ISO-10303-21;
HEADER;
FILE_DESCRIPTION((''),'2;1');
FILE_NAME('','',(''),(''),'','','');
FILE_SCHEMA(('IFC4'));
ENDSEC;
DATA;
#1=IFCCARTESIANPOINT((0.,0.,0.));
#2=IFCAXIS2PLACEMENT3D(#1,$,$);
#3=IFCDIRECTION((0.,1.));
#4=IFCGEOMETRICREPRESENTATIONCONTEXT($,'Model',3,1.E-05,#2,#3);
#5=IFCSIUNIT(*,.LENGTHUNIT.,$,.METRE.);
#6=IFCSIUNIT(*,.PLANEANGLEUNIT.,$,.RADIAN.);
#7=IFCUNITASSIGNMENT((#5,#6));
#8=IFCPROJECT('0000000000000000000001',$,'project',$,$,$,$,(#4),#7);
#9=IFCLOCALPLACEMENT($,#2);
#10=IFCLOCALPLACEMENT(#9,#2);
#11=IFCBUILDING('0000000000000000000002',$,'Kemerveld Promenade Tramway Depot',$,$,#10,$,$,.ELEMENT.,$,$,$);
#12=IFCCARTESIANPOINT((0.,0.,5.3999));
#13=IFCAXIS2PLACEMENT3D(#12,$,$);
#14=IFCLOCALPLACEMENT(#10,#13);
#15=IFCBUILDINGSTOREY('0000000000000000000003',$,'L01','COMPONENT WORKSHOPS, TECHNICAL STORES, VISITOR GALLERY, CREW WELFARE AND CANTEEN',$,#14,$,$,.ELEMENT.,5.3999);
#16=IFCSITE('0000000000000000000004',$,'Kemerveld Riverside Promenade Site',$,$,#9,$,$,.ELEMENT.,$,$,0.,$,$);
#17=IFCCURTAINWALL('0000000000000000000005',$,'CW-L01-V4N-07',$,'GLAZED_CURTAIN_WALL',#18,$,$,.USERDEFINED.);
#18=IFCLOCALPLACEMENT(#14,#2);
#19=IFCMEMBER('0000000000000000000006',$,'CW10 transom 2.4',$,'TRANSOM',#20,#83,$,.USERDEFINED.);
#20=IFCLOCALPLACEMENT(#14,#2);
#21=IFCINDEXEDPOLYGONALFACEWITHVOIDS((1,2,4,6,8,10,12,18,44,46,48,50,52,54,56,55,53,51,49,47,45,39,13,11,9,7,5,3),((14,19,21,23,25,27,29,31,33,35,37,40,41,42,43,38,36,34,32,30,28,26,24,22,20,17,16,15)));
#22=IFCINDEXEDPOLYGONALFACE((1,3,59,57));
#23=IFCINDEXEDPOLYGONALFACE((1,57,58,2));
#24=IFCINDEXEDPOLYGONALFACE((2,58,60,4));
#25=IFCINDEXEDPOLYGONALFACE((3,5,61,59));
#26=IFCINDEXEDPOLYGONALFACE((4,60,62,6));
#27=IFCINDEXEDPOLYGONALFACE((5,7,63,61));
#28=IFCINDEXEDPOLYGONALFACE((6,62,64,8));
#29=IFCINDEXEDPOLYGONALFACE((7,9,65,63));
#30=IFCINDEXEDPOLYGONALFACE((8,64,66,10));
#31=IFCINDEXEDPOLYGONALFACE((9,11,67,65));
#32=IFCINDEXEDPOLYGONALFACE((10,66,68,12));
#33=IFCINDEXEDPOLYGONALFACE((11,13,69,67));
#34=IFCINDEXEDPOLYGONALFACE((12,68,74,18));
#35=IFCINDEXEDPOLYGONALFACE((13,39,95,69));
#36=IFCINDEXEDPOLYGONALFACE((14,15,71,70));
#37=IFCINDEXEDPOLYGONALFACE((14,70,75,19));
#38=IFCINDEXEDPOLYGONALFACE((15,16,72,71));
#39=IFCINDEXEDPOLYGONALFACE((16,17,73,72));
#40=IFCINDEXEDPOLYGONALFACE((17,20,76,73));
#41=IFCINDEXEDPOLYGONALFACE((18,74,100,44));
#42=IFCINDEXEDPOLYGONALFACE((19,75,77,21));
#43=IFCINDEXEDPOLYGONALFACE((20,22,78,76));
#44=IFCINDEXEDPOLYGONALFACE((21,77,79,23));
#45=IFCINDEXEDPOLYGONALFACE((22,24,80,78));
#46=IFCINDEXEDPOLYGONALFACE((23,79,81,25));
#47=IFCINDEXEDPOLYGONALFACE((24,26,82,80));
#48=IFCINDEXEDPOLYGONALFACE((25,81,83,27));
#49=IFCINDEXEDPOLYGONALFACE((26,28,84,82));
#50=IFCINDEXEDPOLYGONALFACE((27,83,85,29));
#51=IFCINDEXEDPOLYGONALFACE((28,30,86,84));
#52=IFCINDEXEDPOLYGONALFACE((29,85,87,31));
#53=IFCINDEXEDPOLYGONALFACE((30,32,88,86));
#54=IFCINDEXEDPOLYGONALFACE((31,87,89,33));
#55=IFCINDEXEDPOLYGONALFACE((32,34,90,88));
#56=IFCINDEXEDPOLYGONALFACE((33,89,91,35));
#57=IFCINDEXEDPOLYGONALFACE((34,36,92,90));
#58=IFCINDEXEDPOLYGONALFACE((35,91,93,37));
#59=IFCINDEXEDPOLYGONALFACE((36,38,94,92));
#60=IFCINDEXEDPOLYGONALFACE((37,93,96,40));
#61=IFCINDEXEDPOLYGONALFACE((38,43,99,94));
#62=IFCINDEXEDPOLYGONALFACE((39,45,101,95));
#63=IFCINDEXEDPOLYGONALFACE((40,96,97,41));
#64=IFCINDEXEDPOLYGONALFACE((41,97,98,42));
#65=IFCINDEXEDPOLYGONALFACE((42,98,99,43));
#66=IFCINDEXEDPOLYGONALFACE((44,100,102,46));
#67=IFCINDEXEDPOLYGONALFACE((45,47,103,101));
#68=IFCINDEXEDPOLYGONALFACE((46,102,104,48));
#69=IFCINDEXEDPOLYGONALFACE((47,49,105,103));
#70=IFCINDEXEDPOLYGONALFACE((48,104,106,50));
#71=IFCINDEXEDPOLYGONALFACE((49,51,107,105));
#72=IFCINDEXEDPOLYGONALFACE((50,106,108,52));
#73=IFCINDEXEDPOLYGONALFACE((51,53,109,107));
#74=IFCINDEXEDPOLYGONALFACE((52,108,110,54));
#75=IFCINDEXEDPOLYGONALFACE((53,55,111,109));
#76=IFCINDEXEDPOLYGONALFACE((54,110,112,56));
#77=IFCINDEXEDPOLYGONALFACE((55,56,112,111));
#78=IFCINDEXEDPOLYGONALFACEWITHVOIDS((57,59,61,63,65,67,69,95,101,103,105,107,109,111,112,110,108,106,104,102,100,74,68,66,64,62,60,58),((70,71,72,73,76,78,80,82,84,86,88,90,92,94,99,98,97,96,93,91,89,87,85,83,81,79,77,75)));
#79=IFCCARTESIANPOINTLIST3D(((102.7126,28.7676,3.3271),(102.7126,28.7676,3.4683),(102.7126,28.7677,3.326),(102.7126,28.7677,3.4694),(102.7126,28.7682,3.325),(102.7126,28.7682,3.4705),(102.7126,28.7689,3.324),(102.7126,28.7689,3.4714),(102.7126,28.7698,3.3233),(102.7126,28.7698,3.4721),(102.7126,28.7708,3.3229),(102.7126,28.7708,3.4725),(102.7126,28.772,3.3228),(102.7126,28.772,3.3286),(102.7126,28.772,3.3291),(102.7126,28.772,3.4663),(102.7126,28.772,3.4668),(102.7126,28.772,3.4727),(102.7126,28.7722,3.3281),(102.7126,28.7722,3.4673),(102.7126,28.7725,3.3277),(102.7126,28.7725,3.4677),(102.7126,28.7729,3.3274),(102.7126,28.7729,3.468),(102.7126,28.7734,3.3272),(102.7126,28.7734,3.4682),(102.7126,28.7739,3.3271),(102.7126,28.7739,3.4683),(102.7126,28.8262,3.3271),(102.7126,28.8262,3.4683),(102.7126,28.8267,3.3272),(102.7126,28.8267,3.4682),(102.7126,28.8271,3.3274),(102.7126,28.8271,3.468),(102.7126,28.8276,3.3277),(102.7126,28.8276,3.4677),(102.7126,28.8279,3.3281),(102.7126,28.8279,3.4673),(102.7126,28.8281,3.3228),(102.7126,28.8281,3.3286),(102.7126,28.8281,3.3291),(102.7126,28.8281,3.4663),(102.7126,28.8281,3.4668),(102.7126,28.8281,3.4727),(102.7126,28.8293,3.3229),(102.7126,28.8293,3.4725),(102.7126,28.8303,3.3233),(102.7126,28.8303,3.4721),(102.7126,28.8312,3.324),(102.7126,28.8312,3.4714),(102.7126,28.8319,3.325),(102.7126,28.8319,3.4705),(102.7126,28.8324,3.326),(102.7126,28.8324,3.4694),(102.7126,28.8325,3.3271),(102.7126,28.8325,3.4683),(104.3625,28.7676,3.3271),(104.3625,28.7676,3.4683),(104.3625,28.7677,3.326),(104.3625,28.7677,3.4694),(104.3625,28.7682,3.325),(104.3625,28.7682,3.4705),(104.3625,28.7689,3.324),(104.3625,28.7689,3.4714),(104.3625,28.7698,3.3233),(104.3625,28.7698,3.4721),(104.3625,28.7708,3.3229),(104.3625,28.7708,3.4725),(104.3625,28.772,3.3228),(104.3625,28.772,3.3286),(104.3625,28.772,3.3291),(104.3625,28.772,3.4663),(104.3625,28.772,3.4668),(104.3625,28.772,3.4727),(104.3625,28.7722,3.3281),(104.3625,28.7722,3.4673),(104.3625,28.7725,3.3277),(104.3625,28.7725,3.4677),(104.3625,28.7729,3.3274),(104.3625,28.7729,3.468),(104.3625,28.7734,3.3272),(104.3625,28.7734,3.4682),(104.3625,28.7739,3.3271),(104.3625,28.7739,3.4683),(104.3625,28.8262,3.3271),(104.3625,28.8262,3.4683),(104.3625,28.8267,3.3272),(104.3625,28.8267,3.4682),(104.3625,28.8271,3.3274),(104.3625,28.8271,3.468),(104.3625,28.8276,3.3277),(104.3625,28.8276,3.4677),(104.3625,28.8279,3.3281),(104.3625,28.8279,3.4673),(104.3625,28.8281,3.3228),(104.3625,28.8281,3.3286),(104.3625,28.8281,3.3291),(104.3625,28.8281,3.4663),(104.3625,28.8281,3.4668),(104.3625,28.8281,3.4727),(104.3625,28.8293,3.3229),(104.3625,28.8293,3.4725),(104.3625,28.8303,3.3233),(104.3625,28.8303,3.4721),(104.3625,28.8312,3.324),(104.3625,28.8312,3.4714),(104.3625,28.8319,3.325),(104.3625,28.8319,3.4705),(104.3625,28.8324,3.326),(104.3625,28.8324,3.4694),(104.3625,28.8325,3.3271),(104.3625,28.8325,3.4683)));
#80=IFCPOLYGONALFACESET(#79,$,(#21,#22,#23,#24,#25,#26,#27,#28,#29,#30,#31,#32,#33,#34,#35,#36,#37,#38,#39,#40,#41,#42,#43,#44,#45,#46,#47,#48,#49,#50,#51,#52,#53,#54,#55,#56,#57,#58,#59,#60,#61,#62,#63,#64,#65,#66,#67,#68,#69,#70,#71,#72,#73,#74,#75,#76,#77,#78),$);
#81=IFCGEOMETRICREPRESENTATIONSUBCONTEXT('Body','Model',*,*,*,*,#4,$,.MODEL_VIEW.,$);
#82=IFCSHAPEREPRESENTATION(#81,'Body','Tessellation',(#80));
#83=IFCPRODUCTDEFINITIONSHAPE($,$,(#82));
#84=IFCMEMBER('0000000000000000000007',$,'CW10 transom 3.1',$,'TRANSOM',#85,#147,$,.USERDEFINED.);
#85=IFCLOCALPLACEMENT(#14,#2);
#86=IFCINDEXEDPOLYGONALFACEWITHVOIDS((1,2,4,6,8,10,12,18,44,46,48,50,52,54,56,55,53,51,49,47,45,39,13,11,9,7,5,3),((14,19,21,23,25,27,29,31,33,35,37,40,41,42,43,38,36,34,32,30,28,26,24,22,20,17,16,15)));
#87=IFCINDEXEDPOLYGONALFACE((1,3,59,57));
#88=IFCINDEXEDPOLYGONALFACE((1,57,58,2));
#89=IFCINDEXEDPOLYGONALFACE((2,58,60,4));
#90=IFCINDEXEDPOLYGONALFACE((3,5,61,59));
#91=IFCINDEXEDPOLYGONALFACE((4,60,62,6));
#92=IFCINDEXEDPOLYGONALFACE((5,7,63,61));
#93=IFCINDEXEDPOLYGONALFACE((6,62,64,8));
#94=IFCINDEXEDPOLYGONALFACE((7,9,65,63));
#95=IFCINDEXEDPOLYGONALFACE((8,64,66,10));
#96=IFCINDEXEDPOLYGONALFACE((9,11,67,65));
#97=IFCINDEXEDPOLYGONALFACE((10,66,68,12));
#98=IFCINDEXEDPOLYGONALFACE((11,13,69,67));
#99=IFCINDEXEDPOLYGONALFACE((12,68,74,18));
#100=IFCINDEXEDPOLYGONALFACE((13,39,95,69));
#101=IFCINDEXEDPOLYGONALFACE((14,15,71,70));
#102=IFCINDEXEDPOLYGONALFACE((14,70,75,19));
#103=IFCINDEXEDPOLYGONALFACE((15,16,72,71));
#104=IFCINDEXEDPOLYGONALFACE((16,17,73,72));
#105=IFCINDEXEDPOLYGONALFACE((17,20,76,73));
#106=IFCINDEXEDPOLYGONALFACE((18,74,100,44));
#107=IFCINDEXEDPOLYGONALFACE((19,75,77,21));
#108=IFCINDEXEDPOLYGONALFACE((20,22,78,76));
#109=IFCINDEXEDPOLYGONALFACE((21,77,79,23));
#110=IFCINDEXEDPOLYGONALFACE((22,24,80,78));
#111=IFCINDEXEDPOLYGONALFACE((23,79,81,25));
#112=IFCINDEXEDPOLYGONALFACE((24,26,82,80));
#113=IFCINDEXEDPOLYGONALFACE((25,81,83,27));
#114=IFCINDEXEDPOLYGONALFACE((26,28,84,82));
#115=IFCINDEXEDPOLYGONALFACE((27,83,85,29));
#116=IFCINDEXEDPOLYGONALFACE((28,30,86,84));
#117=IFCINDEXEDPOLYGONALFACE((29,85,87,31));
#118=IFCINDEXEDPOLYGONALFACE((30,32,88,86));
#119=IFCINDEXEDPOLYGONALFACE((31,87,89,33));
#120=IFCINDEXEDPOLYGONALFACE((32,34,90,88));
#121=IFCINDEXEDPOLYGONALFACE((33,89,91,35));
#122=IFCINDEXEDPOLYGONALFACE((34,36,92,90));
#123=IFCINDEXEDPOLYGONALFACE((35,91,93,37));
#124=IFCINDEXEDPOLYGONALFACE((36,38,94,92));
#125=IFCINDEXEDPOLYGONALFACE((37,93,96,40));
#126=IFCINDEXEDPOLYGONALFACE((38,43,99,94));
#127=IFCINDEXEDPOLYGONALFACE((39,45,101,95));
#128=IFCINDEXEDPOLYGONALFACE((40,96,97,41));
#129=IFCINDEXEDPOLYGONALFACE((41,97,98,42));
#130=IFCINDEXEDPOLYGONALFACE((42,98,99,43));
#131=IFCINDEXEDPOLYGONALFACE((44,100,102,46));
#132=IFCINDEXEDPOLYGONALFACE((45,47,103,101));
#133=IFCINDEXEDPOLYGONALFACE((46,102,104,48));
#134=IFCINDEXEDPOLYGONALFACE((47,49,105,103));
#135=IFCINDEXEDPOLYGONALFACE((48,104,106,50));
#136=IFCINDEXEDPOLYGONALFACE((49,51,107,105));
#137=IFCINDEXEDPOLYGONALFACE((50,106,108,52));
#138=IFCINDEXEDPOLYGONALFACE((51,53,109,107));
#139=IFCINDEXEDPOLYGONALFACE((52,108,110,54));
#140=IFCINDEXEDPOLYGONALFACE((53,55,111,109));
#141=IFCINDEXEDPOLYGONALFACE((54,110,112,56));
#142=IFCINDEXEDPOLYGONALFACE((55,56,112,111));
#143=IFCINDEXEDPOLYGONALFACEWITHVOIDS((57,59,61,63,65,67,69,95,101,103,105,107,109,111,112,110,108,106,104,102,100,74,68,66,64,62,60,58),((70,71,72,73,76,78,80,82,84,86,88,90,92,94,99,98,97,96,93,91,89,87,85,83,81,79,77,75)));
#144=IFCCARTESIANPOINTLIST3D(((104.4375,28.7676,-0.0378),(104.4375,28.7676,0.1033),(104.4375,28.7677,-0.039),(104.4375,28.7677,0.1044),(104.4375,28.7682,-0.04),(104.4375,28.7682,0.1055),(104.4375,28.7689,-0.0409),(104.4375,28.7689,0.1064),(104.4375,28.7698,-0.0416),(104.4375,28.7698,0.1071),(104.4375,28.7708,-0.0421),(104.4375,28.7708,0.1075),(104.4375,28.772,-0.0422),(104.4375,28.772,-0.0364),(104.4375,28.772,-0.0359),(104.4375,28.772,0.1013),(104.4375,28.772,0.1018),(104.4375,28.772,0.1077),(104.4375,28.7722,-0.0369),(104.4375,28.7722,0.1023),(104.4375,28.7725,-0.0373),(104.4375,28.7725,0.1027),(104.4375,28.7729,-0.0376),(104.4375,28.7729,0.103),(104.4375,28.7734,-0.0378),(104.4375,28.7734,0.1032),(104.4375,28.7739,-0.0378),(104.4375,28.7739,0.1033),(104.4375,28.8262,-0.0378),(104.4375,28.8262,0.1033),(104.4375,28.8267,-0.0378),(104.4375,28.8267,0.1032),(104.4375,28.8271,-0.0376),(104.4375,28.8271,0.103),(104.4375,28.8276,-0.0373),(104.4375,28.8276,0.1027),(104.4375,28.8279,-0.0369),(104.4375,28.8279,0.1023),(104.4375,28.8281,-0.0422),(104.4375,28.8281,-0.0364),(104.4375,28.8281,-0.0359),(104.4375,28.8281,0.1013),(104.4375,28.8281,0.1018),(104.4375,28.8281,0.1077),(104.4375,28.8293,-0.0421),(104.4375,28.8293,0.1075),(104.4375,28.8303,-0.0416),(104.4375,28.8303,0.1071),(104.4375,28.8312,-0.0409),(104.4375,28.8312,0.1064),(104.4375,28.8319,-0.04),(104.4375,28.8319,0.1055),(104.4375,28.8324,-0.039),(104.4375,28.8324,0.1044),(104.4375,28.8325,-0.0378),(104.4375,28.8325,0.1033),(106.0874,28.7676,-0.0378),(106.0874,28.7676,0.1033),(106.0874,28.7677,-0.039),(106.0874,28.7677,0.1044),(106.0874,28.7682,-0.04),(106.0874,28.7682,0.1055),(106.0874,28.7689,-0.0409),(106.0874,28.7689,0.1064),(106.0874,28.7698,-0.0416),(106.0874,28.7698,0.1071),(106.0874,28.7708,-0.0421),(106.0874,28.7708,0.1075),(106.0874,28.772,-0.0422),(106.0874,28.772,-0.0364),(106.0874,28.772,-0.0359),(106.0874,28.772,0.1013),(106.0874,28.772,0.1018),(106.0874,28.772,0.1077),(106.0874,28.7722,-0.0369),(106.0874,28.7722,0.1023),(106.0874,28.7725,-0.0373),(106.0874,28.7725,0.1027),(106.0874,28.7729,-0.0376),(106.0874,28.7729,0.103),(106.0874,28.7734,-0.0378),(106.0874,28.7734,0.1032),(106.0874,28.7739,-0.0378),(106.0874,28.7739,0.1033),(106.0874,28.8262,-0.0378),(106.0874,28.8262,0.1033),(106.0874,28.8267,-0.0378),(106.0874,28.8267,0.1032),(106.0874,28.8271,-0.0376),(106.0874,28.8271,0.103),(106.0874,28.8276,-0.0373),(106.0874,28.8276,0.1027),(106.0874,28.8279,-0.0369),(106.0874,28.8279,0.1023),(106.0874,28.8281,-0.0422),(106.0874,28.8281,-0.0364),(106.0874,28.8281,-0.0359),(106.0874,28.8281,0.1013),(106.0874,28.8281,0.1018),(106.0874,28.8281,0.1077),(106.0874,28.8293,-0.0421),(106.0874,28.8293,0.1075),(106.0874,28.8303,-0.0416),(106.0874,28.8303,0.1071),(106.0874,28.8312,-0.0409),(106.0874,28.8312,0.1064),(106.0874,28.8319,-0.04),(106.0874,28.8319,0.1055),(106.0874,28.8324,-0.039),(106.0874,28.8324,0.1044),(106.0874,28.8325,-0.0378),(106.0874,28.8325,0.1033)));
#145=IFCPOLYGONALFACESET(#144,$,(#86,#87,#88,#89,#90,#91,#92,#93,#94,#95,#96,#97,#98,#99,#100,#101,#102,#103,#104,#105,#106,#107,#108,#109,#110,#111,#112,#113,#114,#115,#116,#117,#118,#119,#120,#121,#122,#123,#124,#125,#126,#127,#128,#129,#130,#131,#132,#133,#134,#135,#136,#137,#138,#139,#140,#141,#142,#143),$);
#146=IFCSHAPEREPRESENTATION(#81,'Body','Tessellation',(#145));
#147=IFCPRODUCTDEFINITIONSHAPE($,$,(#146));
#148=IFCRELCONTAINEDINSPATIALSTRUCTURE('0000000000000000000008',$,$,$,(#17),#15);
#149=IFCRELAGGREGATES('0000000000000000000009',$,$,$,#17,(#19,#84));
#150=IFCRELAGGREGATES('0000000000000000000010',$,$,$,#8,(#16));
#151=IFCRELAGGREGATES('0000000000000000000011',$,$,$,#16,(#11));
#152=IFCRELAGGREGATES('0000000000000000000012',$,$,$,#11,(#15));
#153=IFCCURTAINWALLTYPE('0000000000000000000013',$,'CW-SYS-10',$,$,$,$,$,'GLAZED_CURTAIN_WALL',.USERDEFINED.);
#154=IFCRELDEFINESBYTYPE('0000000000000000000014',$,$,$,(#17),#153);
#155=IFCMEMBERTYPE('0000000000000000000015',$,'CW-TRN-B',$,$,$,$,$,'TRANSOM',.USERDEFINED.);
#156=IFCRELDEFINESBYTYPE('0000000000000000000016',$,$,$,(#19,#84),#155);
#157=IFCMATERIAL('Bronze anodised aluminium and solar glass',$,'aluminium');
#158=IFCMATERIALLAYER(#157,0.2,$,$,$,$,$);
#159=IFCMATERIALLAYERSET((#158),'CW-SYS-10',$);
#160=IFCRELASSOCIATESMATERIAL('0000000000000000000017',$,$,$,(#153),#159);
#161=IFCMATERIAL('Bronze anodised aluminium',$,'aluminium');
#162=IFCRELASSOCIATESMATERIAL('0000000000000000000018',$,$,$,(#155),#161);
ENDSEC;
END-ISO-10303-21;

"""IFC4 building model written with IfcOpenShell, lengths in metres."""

from ifc_helpers import new_model, si_unit, direction, frame, origin, origin_2d, place, context, subcontext, project, spatial, hollow_rectangle, extrude, material, layer, layer_set, material_profile, profile_set, type_object, element, aggregate, save


model = new_model("IFC4")

# Units and contexts
model_context = context("Model", 3, precision=1e-05, world=origin(), true_north=direction((0.0, 1.0)))
body_context = subcontext(model_context, "Body", "Model", "MODEL_VIEW")
ifc_project = project(units=[si_unit("LENGTHUNIT", "METRE"), si_unit("PLANEANGLEUNIT", "RADIAN")], contexts=[model_context])

# Site, building, storey
site_placement = place(None, origin())
site = spatial("IfcSite", under=ifc_project, at=site_placement, Name="Kemerveld Riverside Promenade Site", CompositionType="ELEMENT", RefElevation=0.0)
building_placement = place(site_placement, origin())
building = spatial("IfcBuilding", under=site, at=building_placement, Name="Kemerveld Promenade Tramway Depot", CompositionType="ELEMENT")
storey_placement = place(building_placement, frame((0.0, 0.0, 5.3999)))
storey = spatial("IfcBuildingStorey", under=building, at=storey_placement, Name="L01", Description="COMPONENT WORKSHOPS, TECHNICAL STORES, VISITOR GALLERY, CREW WELFARE AND CANTEEN", CompositionType="ELEMENT", Elevation=5.3999)

# Curtain wall, members
ifc_material_1 = material(Name="Bronze anodised aluminium and solar glass", Category="aluminium")
ifc_layer_1 = layer(ifc_material_1, 0.2)
ifc_layer_set_1 = layer_set([ifc_layer_1], Name="CW-SYS-10")
curtain_wall_type = type_object("IfcCurtainWallType", Name="CW-SYS-10", ElementType="GLAZED_CURTAIN_WALL", PredefinedType="USERDEFINED", material=ifc_layer_set_1)
curtain_wall_placement = place(storey_placement, origin())
curtain_wall = element("IfcCurtainWall", 1, at=curtain_wall_placement, inside=storey, type_object=curtain_wall_type, Name="CW-L01-V4N-07", ObjectType="GLAZED_CURTAIN_WALL", PredefinedType="USERDEFINED")
ifc_material_2 = material(Name="Bronze anodised aluminium", Category="aluminium")
ifc_material_profile_1 = material_profile(ifc_material_2, hollow_rectangle(XDim=0.0649, YDim=0.1499, WallThickness=0.0044, InnerFilletRadius=0.002, OuterFilletRadius=0.0044, at=origin_2d()), Name="CW-TRN-150x65")
ifc_profile_set_1 = profile_set([ifc_material_profile_1], Name="Bronze anodised aluminium")
member_type_1 = type_object("IfcMemberType", Name="CW-TRN-B", ElementType="TRANSOM", PredefinedType="USERDEFINED", material=ifc_profile_set_1)
member_1_placement = place(storey_placement, frame((102.7126, 28.8, 3.3977), z_axis=(1.0, 0.0, 0.0), x_axis=(0.0, 1.0, 0.0)))
member_1 = element("IfcMember", 2, at=member_1_placement, type_object=member_type_1, Name="CW10 transom 2.4", ObjectType="TRANSOM", PredefinedType="USERDEFINED", context=body_context, shape_type="SweptSolid", body=[
    extrude(hollow_rectangle(XDim=0.0649, YDim=0.1499, WallThickness=0.0044, InnerFilletRadius=0.002, OuterFilletRadius=0.0044, at=origin_2d()), origin(), (0.0, 0.0, 1.0), 1.6499),
])
member_2_placement = place(storey_placement, frame((104.4375, 28.8, 0.0327), z_axis=(1.0, 0.0, 0.0), x_axis=(0.0, 1.0, 0.0)))
member_2 = element("IfcMember", 3, at=member_2_placement, type_object=member_type_1, Name="CW10 transom 3.1", ObjectType="TRANSOM", PredefinedType="USERDEFINED", context=body_context, shape_type="SweptSolid", body=[
    extrude(hollow_rectangle(XDim=0.0649, YDim=0.1499, WallThickness=0.0044, InnerFilletRadius=0.002, OuterFilletRadius=0.0044, at=origin_2d()), origin(), (0.0, 0.0, 1.0), 1.6499),
])
aggregate(curtain_wall, [member_1, member_2])

save(model, "model.ifc")
